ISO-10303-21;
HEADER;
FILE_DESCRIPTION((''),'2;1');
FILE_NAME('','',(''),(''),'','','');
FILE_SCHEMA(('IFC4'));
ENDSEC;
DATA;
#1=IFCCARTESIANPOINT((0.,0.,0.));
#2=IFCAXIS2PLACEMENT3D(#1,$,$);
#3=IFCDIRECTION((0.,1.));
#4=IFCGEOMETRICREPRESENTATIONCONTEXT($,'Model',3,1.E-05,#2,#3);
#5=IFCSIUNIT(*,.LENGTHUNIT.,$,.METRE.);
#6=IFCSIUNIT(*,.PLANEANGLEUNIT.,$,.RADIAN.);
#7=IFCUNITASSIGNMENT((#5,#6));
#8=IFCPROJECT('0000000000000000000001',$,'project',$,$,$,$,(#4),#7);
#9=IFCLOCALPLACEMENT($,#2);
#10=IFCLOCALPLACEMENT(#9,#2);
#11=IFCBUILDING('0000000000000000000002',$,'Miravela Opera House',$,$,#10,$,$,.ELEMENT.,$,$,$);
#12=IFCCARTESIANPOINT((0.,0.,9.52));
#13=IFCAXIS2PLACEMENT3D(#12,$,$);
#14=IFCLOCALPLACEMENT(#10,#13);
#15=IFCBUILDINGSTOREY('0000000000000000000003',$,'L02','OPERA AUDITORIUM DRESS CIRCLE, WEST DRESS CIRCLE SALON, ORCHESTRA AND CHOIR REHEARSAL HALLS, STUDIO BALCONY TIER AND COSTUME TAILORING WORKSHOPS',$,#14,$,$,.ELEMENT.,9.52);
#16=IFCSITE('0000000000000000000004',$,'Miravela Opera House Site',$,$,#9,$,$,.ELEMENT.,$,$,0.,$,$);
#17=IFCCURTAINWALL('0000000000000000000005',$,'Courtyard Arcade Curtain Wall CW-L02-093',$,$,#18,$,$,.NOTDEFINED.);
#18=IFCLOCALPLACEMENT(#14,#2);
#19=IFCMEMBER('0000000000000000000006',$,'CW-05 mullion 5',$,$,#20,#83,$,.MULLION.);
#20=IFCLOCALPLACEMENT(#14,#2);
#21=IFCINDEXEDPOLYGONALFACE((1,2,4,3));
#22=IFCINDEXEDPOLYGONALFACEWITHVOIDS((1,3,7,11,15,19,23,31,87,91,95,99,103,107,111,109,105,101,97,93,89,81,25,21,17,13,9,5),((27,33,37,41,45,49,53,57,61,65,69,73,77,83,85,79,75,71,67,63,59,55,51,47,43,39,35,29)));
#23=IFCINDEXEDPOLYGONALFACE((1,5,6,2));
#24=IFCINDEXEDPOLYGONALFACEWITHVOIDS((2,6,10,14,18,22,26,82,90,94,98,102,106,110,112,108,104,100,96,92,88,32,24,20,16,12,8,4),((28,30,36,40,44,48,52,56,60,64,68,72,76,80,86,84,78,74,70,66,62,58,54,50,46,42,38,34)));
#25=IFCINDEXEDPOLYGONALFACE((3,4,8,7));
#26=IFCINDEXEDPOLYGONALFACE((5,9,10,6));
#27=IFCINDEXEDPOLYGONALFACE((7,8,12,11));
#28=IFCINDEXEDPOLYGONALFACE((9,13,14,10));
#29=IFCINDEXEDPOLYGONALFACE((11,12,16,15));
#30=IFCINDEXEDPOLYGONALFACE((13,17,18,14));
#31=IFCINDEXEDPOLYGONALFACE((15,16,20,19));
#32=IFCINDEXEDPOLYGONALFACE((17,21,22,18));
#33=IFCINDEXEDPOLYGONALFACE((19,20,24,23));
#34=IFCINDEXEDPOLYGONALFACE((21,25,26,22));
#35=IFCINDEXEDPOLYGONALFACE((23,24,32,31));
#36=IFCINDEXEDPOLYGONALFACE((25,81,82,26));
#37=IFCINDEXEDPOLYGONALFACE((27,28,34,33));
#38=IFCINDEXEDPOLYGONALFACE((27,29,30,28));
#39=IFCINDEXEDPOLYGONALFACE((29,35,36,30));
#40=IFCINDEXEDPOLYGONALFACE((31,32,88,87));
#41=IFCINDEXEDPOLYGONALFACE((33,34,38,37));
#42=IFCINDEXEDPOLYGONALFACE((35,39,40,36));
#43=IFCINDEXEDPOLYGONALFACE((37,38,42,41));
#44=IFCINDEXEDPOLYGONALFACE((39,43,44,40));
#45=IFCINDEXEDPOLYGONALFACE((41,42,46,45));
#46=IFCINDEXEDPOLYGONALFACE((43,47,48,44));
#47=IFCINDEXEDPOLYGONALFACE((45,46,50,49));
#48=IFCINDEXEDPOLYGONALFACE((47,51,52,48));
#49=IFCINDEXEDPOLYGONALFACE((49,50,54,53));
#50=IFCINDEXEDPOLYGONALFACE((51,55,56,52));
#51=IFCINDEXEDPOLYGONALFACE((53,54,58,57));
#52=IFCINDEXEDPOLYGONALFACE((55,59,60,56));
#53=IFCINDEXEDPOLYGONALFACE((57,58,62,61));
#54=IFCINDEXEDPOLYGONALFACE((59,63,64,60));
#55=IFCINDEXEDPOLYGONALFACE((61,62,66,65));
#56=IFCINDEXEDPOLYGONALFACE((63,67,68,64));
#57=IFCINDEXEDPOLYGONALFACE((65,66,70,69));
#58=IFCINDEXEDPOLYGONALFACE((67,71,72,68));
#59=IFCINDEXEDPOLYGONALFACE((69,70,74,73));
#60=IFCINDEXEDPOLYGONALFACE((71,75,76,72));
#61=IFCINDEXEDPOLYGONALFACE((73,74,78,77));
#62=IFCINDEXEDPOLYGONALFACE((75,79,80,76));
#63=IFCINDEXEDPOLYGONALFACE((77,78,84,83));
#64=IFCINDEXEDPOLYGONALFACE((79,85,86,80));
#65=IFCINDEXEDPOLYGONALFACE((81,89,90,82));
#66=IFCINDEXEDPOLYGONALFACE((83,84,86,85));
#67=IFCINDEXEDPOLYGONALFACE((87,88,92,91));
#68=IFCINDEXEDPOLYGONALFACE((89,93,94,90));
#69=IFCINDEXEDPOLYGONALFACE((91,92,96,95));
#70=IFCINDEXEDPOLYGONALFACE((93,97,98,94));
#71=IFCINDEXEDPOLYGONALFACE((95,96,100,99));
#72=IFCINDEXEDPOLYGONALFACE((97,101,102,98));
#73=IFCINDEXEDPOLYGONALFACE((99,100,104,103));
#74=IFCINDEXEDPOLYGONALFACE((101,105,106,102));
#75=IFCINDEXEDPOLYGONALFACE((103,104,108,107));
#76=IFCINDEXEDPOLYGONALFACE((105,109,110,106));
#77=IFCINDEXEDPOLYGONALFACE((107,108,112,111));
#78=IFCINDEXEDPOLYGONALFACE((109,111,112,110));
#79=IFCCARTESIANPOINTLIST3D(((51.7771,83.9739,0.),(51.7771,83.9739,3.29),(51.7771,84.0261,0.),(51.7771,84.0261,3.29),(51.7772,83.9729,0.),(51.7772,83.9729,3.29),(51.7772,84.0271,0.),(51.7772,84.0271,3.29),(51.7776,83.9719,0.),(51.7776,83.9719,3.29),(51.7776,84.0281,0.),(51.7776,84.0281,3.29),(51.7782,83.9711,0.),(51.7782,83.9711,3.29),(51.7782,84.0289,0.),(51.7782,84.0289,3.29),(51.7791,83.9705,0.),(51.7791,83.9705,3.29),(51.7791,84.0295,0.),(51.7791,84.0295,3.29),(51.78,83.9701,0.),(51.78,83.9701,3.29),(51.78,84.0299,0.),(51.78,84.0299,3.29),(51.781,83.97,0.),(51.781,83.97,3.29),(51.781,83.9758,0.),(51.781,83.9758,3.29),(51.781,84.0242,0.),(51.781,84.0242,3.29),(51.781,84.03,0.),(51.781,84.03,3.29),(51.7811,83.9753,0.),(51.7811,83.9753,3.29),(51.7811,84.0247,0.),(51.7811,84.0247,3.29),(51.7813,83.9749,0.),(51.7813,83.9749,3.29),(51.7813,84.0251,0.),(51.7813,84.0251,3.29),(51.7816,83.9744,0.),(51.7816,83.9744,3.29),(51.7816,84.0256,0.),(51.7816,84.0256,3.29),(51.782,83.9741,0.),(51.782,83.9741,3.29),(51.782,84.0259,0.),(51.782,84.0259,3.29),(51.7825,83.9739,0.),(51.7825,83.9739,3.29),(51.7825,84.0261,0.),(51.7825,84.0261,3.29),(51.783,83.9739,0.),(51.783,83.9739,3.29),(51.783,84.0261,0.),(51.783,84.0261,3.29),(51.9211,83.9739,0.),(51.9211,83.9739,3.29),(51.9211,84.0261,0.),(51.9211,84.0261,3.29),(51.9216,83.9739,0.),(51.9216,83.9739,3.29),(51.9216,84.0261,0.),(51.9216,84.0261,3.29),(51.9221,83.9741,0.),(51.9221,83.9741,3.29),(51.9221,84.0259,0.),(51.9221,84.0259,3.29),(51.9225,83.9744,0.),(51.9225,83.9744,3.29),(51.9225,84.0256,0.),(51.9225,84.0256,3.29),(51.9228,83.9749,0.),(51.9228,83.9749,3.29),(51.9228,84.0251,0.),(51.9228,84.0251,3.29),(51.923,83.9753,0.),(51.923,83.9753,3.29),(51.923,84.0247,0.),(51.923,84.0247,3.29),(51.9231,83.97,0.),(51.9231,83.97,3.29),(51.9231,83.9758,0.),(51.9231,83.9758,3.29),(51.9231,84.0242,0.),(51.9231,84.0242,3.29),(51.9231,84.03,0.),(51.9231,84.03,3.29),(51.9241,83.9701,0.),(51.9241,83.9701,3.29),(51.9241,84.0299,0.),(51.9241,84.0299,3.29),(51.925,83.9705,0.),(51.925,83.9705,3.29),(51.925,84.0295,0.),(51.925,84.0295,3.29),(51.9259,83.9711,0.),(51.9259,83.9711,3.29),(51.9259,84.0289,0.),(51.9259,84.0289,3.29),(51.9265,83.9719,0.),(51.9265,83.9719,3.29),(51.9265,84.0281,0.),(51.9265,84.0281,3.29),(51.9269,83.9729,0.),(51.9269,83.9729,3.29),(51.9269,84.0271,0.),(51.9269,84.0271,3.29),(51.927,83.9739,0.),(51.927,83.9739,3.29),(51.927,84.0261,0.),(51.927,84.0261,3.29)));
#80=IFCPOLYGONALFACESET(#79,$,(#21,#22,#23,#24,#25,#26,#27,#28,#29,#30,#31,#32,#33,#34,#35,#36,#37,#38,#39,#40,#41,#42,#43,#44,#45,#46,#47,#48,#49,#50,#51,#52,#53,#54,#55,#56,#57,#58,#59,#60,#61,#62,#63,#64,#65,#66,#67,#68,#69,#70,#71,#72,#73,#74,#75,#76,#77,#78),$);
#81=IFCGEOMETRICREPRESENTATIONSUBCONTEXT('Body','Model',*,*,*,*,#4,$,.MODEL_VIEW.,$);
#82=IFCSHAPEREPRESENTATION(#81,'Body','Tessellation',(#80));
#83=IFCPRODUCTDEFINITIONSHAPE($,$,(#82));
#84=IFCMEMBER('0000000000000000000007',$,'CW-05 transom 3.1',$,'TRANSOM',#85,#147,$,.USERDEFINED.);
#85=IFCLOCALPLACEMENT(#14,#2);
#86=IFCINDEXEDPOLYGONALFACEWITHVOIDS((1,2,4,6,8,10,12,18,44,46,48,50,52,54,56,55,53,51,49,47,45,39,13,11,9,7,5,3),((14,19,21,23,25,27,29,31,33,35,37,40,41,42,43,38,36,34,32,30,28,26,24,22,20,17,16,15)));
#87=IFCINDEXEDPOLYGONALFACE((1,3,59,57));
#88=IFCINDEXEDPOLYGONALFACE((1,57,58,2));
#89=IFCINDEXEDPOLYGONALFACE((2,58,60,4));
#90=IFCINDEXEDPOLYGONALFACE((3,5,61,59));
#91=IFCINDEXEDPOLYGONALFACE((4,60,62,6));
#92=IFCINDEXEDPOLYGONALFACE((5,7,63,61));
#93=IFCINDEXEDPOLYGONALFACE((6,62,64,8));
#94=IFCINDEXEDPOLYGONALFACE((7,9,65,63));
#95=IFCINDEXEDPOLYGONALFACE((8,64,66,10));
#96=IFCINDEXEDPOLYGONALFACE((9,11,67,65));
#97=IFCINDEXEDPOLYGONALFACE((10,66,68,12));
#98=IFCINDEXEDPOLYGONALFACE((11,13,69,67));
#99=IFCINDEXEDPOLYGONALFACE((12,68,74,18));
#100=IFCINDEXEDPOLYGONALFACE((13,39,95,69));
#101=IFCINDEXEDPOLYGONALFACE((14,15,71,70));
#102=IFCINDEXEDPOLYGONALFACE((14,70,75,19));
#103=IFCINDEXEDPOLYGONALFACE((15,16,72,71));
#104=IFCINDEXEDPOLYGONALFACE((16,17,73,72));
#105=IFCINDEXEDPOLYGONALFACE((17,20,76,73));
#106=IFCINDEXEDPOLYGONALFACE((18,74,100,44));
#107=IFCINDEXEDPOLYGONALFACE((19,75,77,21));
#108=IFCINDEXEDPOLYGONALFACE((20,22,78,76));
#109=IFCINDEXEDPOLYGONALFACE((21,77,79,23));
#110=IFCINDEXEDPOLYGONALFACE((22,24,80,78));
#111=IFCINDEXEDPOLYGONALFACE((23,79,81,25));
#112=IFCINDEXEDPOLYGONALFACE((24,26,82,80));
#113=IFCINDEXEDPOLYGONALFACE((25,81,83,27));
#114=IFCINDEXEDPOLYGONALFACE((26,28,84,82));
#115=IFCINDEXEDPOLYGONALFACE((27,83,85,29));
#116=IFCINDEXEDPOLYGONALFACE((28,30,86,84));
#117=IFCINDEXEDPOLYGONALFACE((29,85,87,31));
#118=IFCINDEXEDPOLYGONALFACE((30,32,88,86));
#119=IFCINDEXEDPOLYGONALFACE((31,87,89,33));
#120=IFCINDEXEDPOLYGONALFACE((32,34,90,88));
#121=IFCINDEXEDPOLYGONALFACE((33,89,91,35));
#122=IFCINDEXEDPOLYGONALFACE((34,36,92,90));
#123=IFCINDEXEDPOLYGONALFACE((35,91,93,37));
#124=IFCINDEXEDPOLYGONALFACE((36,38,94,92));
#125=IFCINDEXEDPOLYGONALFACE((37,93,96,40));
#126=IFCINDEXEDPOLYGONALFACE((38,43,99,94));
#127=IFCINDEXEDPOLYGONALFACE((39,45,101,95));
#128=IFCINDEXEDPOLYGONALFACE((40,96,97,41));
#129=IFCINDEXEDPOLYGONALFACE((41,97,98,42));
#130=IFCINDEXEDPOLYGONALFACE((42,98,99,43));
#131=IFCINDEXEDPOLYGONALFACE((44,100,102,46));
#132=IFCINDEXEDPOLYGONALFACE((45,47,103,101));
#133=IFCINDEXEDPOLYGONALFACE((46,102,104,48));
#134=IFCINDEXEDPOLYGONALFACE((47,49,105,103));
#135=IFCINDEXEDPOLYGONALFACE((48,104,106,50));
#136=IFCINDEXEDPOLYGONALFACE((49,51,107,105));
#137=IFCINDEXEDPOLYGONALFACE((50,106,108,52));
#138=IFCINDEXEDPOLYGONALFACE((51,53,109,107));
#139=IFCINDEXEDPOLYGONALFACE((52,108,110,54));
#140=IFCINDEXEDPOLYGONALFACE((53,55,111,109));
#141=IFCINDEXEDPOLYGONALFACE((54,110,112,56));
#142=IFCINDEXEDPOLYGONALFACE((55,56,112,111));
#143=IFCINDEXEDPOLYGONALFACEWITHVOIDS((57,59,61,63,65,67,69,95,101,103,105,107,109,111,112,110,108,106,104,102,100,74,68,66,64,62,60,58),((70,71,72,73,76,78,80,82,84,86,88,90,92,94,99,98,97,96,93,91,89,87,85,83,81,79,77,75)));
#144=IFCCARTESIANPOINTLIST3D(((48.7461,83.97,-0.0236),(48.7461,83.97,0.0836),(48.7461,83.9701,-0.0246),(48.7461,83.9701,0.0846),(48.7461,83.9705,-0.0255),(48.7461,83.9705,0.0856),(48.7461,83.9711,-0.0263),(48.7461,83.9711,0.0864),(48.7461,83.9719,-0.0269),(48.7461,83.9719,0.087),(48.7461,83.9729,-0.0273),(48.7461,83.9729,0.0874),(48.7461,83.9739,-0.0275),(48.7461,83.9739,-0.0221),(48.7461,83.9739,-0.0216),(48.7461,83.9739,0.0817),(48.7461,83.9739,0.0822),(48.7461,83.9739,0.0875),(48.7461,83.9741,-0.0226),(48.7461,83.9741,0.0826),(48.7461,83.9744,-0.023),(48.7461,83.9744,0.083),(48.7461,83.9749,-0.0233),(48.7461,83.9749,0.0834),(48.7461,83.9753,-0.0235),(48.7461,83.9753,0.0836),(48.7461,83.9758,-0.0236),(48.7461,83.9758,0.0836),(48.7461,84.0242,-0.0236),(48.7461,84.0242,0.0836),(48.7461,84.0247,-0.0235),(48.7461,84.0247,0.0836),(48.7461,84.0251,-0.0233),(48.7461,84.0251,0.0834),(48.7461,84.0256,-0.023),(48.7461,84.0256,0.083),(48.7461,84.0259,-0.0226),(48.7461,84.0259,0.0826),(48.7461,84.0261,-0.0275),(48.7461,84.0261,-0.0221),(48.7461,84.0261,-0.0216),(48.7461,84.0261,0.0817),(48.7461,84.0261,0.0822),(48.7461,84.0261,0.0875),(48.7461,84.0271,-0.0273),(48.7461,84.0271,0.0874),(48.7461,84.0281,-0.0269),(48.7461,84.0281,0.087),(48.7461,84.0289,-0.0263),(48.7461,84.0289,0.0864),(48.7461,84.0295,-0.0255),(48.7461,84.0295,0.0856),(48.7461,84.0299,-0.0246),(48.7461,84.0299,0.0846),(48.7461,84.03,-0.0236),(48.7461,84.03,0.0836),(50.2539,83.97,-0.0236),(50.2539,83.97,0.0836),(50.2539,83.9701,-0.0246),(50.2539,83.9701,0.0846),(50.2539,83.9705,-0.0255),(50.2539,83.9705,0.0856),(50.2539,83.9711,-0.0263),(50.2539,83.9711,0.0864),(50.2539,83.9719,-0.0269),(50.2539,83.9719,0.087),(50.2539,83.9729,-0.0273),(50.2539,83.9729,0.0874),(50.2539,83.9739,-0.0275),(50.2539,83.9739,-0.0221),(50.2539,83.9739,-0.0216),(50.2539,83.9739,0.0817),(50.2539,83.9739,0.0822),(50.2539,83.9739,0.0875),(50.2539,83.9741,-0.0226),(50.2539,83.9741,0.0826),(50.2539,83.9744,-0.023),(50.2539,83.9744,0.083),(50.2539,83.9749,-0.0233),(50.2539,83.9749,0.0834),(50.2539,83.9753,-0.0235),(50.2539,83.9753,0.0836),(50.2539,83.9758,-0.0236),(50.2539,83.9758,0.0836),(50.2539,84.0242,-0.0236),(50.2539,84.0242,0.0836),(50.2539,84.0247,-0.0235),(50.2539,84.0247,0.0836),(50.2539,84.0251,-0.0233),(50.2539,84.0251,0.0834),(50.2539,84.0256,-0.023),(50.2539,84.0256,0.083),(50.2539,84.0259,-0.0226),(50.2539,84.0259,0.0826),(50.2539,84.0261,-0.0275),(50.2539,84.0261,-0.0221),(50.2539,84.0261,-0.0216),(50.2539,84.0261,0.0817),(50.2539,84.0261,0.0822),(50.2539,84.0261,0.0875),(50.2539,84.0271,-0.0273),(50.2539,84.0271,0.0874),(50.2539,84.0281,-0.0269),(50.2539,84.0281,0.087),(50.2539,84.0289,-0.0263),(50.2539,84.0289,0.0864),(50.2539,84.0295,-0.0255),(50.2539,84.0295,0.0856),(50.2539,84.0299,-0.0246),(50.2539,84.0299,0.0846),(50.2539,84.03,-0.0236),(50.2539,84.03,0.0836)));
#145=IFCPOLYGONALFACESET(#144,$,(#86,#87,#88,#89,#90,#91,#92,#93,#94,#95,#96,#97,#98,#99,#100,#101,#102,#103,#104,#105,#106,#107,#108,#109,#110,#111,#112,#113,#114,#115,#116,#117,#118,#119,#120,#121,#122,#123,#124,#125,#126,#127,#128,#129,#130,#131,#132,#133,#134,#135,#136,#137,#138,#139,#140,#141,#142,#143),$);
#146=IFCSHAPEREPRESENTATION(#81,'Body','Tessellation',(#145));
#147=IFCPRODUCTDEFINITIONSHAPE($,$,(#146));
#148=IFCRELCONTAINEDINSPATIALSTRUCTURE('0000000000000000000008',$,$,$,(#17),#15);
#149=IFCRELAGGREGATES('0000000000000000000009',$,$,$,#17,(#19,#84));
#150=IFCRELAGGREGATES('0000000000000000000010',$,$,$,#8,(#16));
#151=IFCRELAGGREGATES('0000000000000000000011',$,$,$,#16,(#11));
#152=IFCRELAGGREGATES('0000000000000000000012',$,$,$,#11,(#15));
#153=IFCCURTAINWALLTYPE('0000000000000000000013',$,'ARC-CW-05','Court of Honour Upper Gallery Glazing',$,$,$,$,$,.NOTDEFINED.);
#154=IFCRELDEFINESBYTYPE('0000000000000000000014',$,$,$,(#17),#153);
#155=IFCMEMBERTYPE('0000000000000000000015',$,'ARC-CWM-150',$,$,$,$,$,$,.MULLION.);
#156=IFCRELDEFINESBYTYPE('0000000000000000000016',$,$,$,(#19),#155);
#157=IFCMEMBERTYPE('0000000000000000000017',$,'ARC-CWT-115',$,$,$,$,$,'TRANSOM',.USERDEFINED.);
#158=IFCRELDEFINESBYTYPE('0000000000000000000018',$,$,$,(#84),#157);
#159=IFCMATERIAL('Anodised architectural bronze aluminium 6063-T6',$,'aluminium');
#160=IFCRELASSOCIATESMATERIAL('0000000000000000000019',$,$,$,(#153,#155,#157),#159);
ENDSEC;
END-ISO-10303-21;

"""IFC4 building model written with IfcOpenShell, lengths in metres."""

from ifc_helpers import new_model, si_unit, direction, frame, origin, origin_2d, place, context, subcontext, project, spatial, hollow_rectangle, extrude, material, material_profile, profile_set, type_object, element, aggregate, save


model = new_model("IFC4")

# Units and contexts
model_context = context("Model", 3, precision=1e-05, world=origin(), true_north=direction((0.0, 1.0)))
body_context = subcontext(model_context, "Body", "Model", "MODEL_VIEW")
ifc_project = project(units=[si_unit("LENGTHUNIT", "METRE"), si_unit("PLANEANGLEUNIT", "RADIAN")], contexts=[model_context])

# Site, building, storey
site_placement = place(None, origin())
site = spatial("IfcSite", under=ifc_project, at=site_placement, Name="Miravela Opera House Site", CompositionType="ELEMENT", RefElevation=0.0)
building_placement = place(site_placement, origin())
building = spatial("IfcBuilding", under=site, at=building_placement, Name="Miravela Opera House", CompositionType="ELEMENT")
storey_placement = place(building_placement, frame((0.0, 0.0, 9.52)))
storey = spatial("IfcBuildingStorey", under=building, at=storey_placement, Name="L02", Description="OPERA AUDITORIUM DRESS CIRCLE, WEST DRESS CIRCLE SALON, ORCHESTRA AND CHOIR REHEARSAL HALLS, STUDIO BALCONY TIER AND COSTUME TAILORING WORKSHOPS", CompositionType="ELEMENT", Elevation=9.52)

# Curtain wall, members
ifc_material_1 = material(Name="Anodised architectural bronze aluminium 6063-T6", Category="aluminium")
curtain_wall_type = type_object("IfcCurtainWallType", Name="ARC-CW-05", Description="Court of Honour Upper Gallery Glazing", PredefinedType="NOTDEFINED", material=ifc_material_1)
curtain_wall_placement = place(storey_placement, origin())
curtain_wall = element("IfcCurtainWall", 1, at=curtain_wall_placement, inside=storey, type_object=curtain_wall_type, Name="Courtyard Arcade Curtain Wall CW-L02-093", PredefinedType="NOTDEFINED")
ifc_material_profile_1 = material_profile(ifc_material_1, hollow_rectangle(XDim=0.0601, YDim=0.1499, WallThickness=0.0039, InnerFilletRadius=0.002, OuterFilletRadius=0.0039, at=origin_2d()), Name="CWM-60X150")
ifc_profile_set_1 = profile_set([ifc_material_profile_1])
member_type_1 = type_object("IfcMemberType", Name="ARC-CWM-150", PredefinedType="MULLION", material=ifc_profile_set_1)
member_1_placement = place(storey_placement, frame((51.8521, 84.0, 0.0), z_axis=(0.0, 0.0, 1.0), x_axis=(0.0, 1.0, 0.0)))
member_1 = element("IfcMember", 2, at=member_1_placement, type_object=member_type_1, Name="CW-05 mullion 5", PredefinedType="MULLION", context=body_context, shape_type="SweptSolid", body=[
    extrude(hollow_rectangle(XDim=0.0601, YDim=0.1499, WallThickness=0.0039, InnerFilletRadius=0.002, OuterFilletRadius=0.0039, at=origin_2d()), origin(), (0.0, 0.0, 1.0), 3.29),
])
ifc_material_profile_2 = material_profile(ifc_material_1, hollow_rectangle(XDim=0.0601, YDim=0.115, WallThickness=0.0039, InnerFilletRadius=0.002, OuterFilletRadius=0.0039, at=origin_2d()), Name="CWT-60X115")
ifc_profile_set_2 = profile_set([ifc_material_profile_2])
member_type_2 = type_object("IfcMemberType", Name="ARC-CWT-115", ElementType="TRANSOM", PredefinedType="USERDEFINED", material=ifc_profile_set_2)
member_2_placement = place(storey_placement, frame((48.7461, 84.0, 0.03), z_axis=(1.0, 0.0, 0.0), x_axis=(0.0, 1.0, 0.0)))
member_2 = element("IfcMember", 3, at=member_2_placement, type_object=member_type_2, Name="CW-05 transom 3.1", ObjectType="TRANSOM", PredefinedType="USERDEFINED", context=body_context, shape_type="SweptSolid", body=[
    extrude(hollow_rectangle(XDim=0.0601, YDim=0.115, WallThickness=0.0039, InnerFilletRadius=0.002, OuterFilletRadius=0.0039, at=origin_2d()), origin(), (0.0, 0.0, 1.0), 1.5078),
])
aggregate(curtain_wall, [member_1, member_2])

save(model, "model.ifc")
